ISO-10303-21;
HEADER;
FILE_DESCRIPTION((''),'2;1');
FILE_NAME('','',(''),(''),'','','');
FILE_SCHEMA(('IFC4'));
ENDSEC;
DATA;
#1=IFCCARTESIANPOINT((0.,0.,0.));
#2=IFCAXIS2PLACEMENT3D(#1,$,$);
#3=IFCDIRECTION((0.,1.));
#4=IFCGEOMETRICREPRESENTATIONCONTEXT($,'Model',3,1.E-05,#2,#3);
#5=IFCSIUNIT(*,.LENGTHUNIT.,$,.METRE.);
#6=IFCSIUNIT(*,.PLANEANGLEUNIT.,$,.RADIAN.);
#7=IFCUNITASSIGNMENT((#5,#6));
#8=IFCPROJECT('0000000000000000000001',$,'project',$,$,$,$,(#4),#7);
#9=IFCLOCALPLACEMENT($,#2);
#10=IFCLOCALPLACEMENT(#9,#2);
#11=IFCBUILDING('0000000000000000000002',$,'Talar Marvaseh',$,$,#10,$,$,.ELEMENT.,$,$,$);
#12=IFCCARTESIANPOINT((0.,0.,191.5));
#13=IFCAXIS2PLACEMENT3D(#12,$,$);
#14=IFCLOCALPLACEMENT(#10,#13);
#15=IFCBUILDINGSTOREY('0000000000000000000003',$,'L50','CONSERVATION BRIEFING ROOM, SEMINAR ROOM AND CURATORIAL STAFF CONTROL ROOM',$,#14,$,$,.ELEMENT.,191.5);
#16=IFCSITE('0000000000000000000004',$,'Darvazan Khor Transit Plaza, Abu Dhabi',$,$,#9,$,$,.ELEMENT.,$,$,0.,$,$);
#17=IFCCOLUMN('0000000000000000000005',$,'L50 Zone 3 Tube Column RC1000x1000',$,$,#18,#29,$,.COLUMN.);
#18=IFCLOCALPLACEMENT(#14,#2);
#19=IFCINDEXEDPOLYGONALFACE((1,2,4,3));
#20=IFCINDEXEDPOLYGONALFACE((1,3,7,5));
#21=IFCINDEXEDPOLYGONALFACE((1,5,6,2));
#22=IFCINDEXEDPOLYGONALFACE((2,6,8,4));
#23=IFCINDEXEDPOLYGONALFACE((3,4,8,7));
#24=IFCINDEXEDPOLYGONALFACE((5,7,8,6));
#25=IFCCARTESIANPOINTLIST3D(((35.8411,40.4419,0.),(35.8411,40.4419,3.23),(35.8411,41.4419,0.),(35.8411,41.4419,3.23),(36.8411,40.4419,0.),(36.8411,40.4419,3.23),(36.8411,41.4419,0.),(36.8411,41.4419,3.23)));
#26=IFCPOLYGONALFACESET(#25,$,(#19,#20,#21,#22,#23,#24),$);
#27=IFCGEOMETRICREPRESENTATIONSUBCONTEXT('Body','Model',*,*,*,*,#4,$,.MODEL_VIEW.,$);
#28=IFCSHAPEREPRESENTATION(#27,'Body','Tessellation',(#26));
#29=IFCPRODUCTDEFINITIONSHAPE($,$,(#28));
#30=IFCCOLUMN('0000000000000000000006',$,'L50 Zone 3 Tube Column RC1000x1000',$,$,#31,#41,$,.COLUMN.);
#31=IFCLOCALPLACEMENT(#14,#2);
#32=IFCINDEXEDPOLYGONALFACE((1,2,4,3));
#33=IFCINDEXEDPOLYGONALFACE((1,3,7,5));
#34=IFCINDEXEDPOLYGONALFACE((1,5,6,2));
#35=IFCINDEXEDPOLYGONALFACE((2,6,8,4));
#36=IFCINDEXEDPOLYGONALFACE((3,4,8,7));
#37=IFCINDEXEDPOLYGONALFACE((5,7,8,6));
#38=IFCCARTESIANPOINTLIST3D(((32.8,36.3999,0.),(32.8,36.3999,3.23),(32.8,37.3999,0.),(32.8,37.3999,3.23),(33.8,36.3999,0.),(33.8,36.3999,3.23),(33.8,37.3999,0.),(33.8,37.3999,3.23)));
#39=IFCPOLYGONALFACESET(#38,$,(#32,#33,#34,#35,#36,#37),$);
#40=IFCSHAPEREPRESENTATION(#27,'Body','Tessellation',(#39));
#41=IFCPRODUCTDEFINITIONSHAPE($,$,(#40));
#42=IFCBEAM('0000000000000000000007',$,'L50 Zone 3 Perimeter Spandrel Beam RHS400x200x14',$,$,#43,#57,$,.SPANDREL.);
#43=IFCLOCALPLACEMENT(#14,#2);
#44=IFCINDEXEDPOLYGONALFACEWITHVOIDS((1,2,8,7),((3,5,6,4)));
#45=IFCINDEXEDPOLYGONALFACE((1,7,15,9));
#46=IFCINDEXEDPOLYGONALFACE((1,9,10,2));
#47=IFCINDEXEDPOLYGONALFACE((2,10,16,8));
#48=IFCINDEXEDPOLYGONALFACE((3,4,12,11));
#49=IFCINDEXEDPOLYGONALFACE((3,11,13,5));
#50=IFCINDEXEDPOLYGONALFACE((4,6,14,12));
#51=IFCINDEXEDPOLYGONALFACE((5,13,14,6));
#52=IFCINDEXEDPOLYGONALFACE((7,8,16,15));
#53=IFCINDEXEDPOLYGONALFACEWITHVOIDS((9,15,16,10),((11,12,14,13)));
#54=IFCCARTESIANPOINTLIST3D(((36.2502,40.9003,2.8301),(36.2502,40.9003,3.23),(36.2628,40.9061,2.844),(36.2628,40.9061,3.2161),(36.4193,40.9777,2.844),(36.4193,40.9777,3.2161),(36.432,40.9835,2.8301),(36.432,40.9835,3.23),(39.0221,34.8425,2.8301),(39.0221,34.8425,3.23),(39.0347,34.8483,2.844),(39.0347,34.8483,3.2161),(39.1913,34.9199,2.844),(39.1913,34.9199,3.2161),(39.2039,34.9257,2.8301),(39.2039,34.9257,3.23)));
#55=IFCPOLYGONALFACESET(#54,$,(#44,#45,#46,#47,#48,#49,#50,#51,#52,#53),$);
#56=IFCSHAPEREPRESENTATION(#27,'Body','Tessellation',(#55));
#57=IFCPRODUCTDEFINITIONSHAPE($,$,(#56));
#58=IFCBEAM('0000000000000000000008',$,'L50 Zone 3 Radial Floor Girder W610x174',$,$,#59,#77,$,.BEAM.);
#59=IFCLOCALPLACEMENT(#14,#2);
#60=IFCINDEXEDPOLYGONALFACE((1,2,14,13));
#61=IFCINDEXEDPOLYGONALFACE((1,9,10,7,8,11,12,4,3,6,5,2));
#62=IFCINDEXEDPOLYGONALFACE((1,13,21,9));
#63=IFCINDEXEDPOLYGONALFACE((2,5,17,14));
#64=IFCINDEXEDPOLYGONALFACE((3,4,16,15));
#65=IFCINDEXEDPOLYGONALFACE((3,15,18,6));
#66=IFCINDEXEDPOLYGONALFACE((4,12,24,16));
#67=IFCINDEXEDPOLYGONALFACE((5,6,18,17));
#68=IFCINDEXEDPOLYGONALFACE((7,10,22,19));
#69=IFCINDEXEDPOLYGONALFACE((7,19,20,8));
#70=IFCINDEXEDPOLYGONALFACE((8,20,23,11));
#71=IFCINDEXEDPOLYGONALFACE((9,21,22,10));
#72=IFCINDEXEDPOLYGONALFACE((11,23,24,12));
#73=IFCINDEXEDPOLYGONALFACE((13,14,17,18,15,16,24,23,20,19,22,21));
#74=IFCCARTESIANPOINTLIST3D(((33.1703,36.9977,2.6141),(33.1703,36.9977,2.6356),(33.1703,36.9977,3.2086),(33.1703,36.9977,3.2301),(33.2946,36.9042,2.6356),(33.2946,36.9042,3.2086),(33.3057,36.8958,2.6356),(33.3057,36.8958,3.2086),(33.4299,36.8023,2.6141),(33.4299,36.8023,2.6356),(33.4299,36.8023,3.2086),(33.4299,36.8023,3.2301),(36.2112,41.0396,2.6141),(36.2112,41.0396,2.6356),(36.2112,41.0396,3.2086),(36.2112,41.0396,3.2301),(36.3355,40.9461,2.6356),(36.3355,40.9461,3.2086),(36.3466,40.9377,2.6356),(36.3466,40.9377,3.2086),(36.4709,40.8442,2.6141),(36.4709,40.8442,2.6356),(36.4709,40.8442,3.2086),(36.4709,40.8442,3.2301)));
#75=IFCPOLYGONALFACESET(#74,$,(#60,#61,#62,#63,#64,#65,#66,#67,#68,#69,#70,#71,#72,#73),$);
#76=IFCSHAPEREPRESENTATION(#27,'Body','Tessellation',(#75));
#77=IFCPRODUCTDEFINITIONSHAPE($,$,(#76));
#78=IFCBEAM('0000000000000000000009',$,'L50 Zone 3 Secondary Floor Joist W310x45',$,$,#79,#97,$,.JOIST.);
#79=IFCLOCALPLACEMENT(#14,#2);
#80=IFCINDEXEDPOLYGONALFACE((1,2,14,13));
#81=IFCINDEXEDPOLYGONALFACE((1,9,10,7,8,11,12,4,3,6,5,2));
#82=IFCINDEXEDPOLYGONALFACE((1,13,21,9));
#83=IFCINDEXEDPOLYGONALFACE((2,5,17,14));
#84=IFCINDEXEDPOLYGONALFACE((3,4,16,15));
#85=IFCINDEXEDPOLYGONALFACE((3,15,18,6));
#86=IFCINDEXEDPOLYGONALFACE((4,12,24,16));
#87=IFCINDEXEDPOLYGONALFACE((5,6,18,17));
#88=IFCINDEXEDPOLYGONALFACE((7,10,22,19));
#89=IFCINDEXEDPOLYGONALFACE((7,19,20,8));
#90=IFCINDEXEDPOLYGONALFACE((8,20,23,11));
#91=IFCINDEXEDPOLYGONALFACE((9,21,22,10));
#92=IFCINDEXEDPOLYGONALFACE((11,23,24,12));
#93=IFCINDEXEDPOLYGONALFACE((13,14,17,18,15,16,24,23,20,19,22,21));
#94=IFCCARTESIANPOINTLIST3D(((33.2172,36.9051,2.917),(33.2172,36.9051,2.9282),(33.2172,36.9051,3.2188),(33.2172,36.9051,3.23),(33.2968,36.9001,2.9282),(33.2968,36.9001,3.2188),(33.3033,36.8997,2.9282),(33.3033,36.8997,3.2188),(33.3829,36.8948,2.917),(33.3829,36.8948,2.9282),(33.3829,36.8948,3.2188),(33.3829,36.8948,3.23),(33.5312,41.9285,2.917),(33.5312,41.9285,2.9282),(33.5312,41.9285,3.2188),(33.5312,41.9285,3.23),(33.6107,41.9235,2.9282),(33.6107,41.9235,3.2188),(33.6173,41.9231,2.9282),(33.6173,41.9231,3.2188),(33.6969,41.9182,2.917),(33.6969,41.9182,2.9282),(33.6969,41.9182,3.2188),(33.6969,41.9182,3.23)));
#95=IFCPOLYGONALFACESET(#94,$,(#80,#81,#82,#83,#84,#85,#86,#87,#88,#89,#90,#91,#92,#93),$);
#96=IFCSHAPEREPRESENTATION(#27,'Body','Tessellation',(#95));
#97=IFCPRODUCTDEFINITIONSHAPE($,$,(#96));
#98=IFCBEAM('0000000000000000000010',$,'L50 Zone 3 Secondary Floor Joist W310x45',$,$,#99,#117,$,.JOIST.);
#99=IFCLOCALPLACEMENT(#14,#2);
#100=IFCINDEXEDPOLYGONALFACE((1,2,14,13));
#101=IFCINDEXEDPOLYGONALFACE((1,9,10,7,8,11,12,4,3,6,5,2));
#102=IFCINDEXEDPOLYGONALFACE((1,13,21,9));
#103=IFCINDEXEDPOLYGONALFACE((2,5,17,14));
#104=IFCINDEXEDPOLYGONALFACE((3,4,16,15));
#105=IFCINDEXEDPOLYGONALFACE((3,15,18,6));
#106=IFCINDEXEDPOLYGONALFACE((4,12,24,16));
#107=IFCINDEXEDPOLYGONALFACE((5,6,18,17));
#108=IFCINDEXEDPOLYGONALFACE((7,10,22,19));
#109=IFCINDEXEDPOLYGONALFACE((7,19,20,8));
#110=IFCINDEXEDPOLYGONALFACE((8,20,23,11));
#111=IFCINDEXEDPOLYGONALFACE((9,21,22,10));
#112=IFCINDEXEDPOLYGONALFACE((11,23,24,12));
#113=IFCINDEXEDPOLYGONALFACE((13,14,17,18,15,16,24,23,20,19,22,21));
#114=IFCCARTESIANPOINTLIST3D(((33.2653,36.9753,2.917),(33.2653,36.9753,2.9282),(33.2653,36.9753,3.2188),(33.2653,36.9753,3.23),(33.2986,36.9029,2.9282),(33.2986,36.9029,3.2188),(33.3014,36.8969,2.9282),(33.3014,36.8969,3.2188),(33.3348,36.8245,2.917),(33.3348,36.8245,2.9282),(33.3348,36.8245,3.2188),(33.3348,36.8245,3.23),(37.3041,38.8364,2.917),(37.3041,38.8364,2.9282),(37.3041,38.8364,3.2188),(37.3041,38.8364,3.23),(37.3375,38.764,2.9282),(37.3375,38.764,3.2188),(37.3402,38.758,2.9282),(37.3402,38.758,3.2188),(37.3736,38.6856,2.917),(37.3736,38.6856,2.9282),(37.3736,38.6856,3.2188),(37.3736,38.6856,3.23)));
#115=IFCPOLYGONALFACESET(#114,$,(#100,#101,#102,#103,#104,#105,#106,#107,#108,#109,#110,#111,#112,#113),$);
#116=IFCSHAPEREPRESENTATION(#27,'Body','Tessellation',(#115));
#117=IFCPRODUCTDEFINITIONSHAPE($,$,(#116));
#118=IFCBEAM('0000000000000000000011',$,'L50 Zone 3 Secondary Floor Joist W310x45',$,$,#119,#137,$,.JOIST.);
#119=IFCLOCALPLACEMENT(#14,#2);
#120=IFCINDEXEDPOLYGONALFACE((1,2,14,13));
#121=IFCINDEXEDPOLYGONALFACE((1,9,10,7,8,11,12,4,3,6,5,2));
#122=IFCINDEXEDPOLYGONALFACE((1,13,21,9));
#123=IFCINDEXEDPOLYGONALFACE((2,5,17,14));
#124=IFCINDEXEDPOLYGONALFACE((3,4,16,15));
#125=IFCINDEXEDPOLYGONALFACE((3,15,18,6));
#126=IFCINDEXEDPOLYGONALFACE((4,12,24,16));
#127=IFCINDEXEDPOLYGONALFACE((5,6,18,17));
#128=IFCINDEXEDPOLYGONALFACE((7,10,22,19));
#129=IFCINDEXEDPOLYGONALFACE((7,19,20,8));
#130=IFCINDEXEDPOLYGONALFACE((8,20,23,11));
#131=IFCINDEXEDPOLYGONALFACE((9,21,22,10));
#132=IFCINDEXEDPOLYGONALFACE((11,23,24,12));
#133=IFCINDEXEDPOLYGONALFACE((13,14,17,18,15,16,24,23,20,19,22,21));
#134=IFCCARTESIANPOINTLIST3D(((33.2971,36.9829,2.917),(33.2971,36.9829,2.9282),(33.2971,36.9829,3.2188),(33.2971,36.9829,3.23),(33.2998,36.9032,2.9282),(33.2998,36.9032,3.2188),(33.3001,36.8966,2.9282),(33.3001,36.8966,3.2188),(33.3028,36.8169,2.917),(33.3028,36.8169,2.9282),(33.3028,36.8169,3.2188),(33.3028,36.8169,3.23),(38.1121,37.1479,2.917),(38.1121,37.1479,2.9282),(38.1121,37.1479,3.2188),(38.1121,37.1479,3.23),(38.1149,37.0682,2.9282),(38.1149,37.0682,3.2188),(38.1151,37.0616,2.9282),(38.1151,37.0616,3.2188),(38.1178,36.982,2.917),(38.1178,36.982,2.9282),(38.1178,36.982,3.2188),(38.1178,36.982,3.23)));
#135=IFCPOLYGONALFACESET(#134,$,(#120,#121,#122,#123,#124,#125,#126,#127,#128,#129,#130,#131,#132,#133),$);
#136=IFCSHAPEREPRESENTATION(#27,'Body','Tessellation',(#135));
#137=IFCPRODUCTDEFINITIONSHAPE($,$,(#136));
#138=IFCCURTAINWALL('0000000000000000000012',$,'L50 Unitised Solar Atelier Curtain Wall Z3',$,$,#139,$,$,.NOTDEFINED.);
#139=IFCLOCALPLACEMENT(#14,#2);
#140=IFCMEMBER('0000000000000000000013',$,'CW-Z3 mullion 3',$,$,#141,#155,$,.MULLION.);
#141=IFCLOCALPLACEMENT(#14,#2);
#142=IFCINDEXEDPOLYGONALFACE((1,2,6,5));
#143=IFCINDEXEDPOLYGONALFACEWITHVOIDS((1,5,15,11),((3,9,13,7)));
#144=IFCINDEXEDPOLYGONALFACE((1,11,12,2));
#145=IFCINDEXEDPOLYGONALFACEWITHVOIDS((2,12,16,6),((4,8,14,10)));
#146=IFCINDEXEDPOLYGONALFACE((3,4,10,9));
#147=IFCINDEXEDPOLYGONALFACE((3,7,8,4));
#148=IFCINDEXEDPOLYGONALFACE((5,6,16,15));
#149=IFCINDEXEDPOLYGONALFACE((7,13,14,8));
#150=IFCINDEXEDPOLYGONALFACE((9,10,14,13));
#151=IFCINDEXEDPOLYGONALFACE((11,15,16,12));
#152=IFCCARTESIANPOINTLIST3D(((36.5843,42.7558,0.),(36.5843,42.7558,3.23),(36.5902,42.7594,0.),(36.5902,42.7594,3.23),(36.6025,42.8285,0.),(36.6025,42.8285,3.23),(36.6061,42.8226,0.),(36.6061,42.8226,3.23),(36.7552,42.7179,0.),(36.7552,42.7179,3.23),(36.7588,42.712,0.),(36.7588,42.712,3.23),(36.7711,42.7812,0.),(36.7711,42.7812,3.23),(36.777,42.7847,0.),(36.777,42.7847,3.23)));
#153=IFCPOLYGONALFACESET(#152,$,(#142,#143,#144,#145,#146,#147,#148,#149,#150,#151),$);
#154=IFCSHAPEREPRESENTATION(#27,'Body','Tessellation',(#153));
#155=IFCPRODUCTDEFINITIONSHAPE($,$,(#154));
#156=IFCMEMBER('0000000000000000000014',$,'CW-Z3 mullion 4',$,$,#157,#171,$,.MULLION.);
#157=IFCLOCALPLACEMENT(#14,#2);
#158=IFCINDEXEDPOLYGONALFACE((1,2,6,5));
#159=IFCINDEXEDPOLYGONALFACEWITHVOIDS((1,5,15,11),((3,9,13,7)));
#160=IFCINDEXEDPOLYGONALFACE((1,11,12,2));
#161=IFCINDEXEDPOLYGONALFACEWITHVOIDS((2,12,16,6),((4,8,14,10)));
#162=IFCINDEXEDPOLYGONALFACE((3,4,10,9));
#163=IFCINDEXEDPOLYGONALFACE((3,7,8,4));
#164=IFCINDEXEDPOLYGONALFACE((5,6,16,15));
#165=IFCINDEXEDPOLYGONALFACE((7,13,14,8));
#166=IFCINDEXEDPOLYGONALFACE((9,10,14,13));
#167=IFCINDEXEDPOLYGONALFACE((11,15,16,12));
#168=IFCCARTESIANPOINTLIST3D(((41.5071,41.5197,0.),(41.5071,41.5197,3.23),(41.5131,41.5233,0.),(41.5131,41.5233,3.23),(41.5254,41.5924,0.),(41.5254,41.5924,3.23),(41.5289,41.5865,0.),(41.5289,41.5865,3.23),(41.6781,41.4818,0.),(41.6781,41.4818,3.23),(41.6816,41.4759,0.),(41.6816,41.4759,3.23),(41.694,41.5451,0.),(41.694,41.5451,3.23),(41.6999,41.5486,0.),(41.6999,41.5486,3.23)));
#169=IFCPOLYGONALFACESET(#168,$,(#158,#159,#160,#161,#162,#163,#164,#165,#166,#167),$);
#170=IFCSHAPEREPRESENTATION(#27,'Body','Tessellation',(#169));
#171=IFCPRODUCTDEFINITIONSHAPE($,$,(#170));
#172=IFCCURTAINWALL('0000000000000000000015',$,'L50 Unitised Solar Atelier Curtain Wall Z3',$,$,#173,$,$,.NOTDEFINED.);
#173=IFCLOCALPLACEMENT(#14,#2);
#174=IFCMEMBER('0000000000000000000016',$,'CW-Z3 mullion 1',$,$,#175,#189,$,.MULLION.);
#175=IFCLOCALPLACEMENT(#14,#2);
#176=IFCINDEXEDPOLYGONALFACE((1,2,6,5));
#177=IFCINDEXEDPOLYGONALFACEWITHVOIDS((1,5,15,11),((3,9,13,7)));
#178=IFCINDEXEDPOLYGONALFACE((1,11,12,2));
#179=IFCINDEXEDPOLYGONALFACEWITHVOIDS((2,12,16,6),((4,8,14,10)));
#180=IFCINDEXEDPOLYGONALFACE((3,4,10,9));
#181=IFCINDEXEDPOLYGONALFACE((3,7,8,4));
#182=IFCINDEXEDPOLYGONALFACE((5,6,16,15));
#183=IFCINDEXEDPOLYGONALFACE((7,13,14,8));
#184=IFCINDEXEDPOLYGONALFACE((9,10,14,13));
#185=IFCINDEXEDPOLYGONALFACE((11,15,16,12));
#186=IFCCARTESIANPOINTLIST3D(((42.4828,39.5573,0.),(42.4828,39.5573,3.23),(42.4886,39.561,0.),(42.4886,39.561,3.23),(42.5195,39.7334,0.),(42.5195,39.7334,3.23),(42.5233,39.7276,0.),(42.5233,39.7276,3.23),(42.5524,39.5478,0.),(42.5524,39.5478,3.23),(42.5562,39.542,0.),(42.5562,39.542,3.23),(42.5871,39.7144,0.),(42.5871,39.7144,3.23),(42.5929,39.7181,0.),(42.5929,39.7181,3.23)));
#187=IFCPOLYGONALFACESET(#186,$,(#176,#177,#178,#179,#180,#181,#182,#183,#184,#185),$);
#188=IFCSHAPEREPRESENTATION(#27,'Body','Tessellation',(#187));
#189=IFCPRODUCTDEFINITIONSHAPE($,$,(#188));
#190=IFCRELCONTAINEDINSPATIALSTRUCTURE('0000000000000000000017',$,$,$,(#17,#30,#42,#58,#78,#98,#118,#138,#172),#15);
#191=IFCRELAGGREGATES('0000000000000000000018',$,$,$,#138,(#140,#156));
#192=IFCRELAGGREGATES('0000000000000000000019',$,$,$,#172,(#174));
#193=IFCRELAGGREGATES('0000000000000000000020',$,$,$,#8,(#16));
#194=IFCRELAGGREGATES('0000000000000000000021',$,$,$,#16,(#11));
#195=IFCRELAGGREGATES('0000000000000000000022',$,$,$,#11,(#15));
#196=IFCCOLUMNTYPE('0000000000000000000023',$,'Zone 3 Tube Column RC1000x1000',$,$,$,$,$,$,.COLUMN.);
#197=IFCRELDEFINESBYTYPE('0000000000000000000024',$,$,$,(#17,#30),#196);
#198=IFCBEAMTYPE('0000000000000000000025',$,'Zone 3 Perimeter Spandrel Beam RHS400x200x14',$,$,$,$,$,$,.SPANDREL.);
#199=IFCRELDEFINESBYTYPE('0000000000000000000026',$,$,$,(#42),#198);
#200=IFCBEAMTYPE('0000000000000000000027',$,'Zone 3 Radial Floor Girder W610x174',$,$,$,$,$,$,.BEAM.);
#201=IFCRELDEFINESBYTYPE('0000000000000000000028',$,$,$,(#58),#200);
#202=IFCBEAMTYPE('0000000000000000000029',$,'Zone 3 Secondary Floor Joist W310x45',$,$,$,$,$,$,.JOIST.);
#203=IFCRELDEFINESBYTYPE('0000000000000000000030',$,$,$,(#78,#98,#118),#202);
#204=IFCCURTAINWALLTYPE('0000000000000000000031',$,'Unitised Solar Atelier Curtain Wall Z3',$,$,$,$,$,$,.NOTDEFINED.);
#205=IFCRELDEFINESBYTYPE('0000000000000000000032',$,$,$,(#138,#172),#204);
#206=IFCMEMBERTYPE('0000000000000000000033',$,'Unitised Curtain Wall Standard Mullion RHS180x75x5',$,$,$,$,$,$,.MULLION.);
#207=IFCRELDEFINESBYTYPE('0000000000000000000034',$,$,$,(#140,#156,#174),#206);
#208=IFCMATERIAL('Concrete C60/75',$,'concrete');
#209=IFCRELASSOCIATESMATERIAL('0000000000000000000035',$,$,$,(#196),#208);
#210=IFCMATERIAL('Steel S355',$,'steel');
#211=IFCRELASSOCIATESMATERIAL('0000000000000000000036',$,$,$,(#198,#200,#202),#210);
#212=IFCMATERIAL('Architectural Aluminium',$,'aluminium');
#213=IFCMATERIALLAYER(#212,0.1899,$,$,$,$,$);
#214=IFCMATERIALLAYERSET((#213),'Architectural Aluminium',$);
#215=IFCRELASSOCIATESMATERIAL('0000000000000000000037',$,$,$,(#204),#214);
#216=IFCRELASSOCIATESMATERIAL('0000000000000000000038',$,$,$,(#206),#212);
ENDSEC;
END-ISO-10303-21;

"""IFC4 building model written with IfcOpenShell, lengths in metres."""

from ifc_helpers import new_model, si_unit, direction, frame, origin, origin_2d, place, context, subcontext, project, spatial, rectangle, hollow_rectangle, i_section, extrude, source, transform, mapped, material, layer, layer_set, material_profile, profile_set, type_object, type_shapes, element, aggregate, save


model = new_model("IFC4")

# Units and contexts
model_context = context("Model", 3, precision=1e-05, world=origin(), true_north=direction((0.0, 1.0)))
body_context = subcontext(model_context, "Body", "Model", "MODEL_VIEW")
ifc_project = project(units=[si_unit("LENGTHUNIT", "METRE"), si_unit("PLANEANGLEUNIT", "RADIAN")], contexts=[model_context])

# Site, building, storey
site_placement = place(None, origin())
site = spatial("IfcSite", under=ifc_project, at=site_placement, Name="Darvazan Khor Transit Plaza, Abu Dhabi", CompositionType="ELEMENT", RefElevation=0.0)
building_placement = place(site_placement, origin())
building = spatial("IfcBuilding", under=site, at=building_placement, Name="Talar Marvaseh", CompositionType="ELEMENT")
storey_placement = place(building_placement, frame((0.0, 0.0, 191.5)))
storey = spatial("IfcBuildingStorey", under=building, at=storey_placement, Name="L50", Description="CONSERVATION BRIEFING ROOM, SEMINAR ROOM AND CURATORIAL STAFF CONTROL ROOM", CompositionType="ELEMENT", Elevation=191.5)

# Columns
ifc_material_1 = material(Name="Concrete C60/75", Category="concrete")
ifc_material_profile_1 = material_profile(ifc_material_1, rectangle(XDim=1.0, YDim=1.0, at=origin_2d()), Name="RC1000x1000")
ifc_profile_set_1 = profile_set([ifc_material_profile_1], Name="Concrete C60/75")
column_type = type_object("IfcColumnType", Name="Zone 3 Tube Column RC1000x1000", PredefinedType="COLUMN", material=ifc_profile_set_1)
for number, where, z_axis, x_axis, name in (
    (1, (36.3411, 40.9419, 0.0), (0.0, 0.0, 1.0), (1.0, 0.0, 0.0), "L50 Zone 3 Tube Column RC1000x1000"),
    (2, (33.3, 36.8999, 0.0), (0.0, 0.0, 1.0), (1.0, 0.0, 0.0), "L50 Zone 3 Tube Column RC1000x1000"),
):
    element("IfcColumn", number, at=place(storey_placement, frame(where, z_axis=z_axis, x_axis=x_axis)), inside=storey, type_object=column_type, Name=name, PredefinedType="COLUMN", context=body_context, shape_type="SweptSolid", body=[
        extrude(rectangle(XDim=1.0, YDim=1.0, at=origin_2d()), origin(), (0.0, 0.0, 1.0), 3.23),
    ])

# Beams
ifc_material_2 = material(Name="Steel S355", Category="steel")
ifc_material_profile_2 = material_profile(ifc_material_2, hollow_rectangle(XDim=0.2, YDim=0.3999, WallThickness=0.0139, at=origin_2d()), Name="RHS400x200x14")
ifc_profile_set_2 = profile_set([ifc_material_profile_2], Name="Steel S355")
beam_type_1 = type_object("IfcBeamType", Name="Zone 3 Perimeter Spandrel Beam RHS400x200x14", PredefinedType="SPANDREL", material=ifc_profile_set_2)
beam_1_placement = place(storey_placement, frame((36.3411, 40.9419, 3.03), z_axis=(0.416091, -0.909323, 0.0), x_axis=(0.909323, 0.416091, 0.0)))
element("IfcBeam", 3, at=beam_1_placement, inside=storey, type_object=beam_type_1, Name="L50 Zone 3 Perimeter Spandrel Beam RHS400x200x14", PredefinedType="SPANDREL", context=body_context, shape_type="SweptSolid", body=[
    extrude(hollow_rectangle(XDim=0.2, YDim=0.3999, WallThickness=0.0139, at=origin_2d()), origin(), (0.0, 0.0, 1.0), 6.6619),
])
ifc_material_profile_3 = material_profile(ifc_material_2, i_section(OverallWidth=0.325, OverallDepth=0.616, WebThickness=0.0139, FlangeThickness=0.0215, at=origin_2d()), Name="W610x174")
ifc_profile_set_3 = profile_set([ifc_material_profile_3], Name="Steel S355")
beam_type_2 = type_object("IfcBeamType", Name="Zone 3 Radial Floor Girder W610x174", PredefinedType="BEAM", material=ifc_profile_set_3)
beam_2_placement = place(storey_placement, frame((36.3411, 40.9419, 2.9221), z_axis=(-0.601204, -0.799096, 0.0), x_axis=(0.799096, -0.601204, 0.0)))
element("IfcBeam", 4, at=beam_2_placement, inside=storey, type_object=beam_type_2, Name="L50 Zone 3 Radial Floor Girder W610x174", PredefinedType="BEAM", context=body_context, shape_type="SweptSolid", body=[
    extrude(i_section(OverallWidth=0.325, OverallDepth=0.616, WebThickness=0.0139, FlangeThickness=0.0215, at=origin_2d()), origin(), (0.0, 0.0, 1.0), 5.0581),
])
ifc_material_profile_4 = material_profile(ifc_material_2, i_section(OverallWidth=0.166, OverallDepth=0.313, WebThickness=0.0066, FlangeThickness=0.0112, at=origin_2d()), Name="W310x45")
ifc_profile_set_4 = profile_set([ifc_material_profile_4], Name="Steel S355")
beam_type_3 = type_object("IfcBeamType", Name="Zone 3 Secondary Floor Joist W310x45", PredefinedType="JOIST", material=ifc_profile_set_4)
beam_3_placement = place(storey_placement, frame((33.614, 41.9233, 3.0735), z_axis=(-0.062378, -0.998053, 0.0), x_axis=(0.998053, -0.062378, 0.0)))
element("IfcBeam", 5, at=beam_3_placement, inside=storey, type_object=beam_type_3, Name="L50 Zone 3 Secondary Floor Joist W310x45", PredefinedType="JOIST", context=body_context, shape_type="SweptSolid", body=[
    extrude(i_section(OverallWidth=0.166, OverallDepth=0.313, WebThickness=0.0066, FlangeThickness=0.0112, at=origin_2d()), origin(), (0.0, 0.0, 1.0), 5.0332),
])
beam_4_placement = place(storey_placement, frame((37.3389, 38.761, 3.0735), z_axis=(-0.908215, -0.418505, 0.0), x_axis=(0.418505, -0.908215, 0.0)))
element("IfcBeam", 6, at=beam_4_placement, inside=storey, type_object=beam_type_3, Name="L50 Zone 3 Secondary Floor Joist W310x45", PredefinedType="JOIST", context=body_context, shape_type="SweptSolid", body=[
    extrude(i_section(OverallWidth=0.166, OverallDepth=0.313, WebThickness=0.0066, FlangeThickness=0.0112, at=origin_2d()), origin(), (0.0, 0.0, 1.0), 4.447),
])
beam_5_placement = place(storey_placement, frame((38.115, 37.0649, 3.0735), z_axis=(-0.999413, -0.034256, 0.0), x_axis=(0.034256, -0.999413, 0.0)))
element("IfcBeam", 7, at=beam_5_placement, inside=storey, type_object=beam_type_3, Name="L50 Zone 3 Secondary Floor Joist W310x45", PredefinedType="JOIST", context=body_context, shape_type="SweptSolid", body=[
    extrude(i_section(OverallWidth=0.166, OverallDepth=0.313, WebThickness=0.0066, FlangeThickness=0.0112, at=origin_2d()), origin(), (0.0, 0.0, 1.0), 4.8179),
])

# Curtain wall, members
ifc_material_3 = material(Name="Architectural Aluminium", Category="aluminium")
ifc_layer_1 = layer(ifc_material_3, 0.1899)
ifc_layer_set_1 = layer_set([ifc_layer_1], Name="Architectural Aluminium")
curtain_wall_type = type_object("IfcCurtainWallType", Name="Unitised Solar Atelier Curtain Wall Z3", PredefinedType="NOTDEFINED", material=ifc_layer_set_1)
curtain_wall_1_placement = place(storey_placement, origin())
curtain_wall_1 = element("IfcCurtainWall", 8, at=curtain_wall_1_placement, inside=storey, type_object=curtain_wall_type, Name="L50 Unitised Solar Atelier Curtain Wall Z3", PredefinedType="NOTDEFINED")
ifc_material_profile_5 = material_profile(ifc_material_3, hollow_rectangle(XDim=0.075, YDim=0.1799, WallThickness=0.0049, at=origin_2d()), Name="RHS180x75x5")
ifc_profile_set_5 = profile_set([ifc_material_profile_5], Name="Architectural Aluminium")
member_type_1 = type_object("IfcMemberType", Name="Unitised Curtain Wall Standard Mullion RHS180x75x5", PredefinedType="MULLION", material=ifc_profile_set_5)
shared_shape_1 = source(origin(), body_context, "Body", "SweptSolid", [
    extrude(hollow_rectangle(XDim=0.075, YDim=0.1799, WallThickness=0.0049, at=origin_2d()), origin(), (0.0, 0.0, 1.0), 3.23),
])
type_shapes(member_type_1, [shared_shape_1])
member_1_placement = place(storey_placement, frame((36.6807, 42.7703, 0.0), z_axis=(0.0, 0.0, 1.0), x_axis=(0.243549, 0.969888, 0.0)))
member_1 = element("IfcMember", 9, at=member_1_placement, type_object=member_type_1, Name="CW-Z3 mullion 3", PredefinedType="MULLION", context=body_context, shape_type="MappedRepresentation", body=[
    mapped(shared_shape_1, transform((0.0, 0.0, 0.0), x_axis=(1.0, 0.0, 0.0), y_axis=(0.0, 1.0, 0.0), z_axis=(0.0, 0.0, 1.0), scale=1.0)),
])
member_2_placement = place(storey_placement, frame((41.6035, 41.5342, 0.0), z_axis=(0.0, 0.0, 1.0), x_axis=(0.243549, 0.969888, 0.0)))
member_2 = element("IfcMember", 10, at=member_2_placement, type_object=member_type_1, Name="CW-Z3 mullion 4", PredefinedType="MULLION", context=body_context, shape_type="MappedRepresentation", body=[
    mapped(shared_shape_1, transform((0.0, 0.0, 0.0), x_axis=(1.0, 0.0, 0.0), y_axis=(0.0, 1.0, 0.0), z_axis=(0.0, 0.0, 1.0), scale=1.0)),
])

# Curtain wall, member
curtain_wall_2_placement = place(storey_placement, origin())
curtain_wall_2 = element("IfcCurtainWall", 11, at=curtain_wall_2_placement, inside=storey, type_object=curtain_wall_type, Name="L50 Unitised Solar Atelier Curtain Wall Z3", PredefinedType="NOTDEFINED")
member_3_placement = place(storey_placement, frame((42.5378, 39.6377, 0.0), z_axis=(0.0, 0.0, 1.0), x_axis=(0.979014, -0.203793, 0.0)))
member_3 = element("IfcMember", 12, at=member_3_placement, type_object=member_type_1, Name="CW-Z3 mullion 1", PredefinedType="MULLION", context=body_context, shape_type="MappedRepresentation", body=[
    mapped(shared_shape_1, transform((0.0, 0.0, 0.0), x_axis=(1.0, 0.0, 0.0), y_axis=(0.0, 1.0, 0.0), z_axis=(0.0, 0.0, 1.0), scale=1.0)),
])

aggregate(curtain_wall_1, [member_1, member_2])
aggregate(curtain_wall_2, [member_3])

save(model, "model.ifc")
